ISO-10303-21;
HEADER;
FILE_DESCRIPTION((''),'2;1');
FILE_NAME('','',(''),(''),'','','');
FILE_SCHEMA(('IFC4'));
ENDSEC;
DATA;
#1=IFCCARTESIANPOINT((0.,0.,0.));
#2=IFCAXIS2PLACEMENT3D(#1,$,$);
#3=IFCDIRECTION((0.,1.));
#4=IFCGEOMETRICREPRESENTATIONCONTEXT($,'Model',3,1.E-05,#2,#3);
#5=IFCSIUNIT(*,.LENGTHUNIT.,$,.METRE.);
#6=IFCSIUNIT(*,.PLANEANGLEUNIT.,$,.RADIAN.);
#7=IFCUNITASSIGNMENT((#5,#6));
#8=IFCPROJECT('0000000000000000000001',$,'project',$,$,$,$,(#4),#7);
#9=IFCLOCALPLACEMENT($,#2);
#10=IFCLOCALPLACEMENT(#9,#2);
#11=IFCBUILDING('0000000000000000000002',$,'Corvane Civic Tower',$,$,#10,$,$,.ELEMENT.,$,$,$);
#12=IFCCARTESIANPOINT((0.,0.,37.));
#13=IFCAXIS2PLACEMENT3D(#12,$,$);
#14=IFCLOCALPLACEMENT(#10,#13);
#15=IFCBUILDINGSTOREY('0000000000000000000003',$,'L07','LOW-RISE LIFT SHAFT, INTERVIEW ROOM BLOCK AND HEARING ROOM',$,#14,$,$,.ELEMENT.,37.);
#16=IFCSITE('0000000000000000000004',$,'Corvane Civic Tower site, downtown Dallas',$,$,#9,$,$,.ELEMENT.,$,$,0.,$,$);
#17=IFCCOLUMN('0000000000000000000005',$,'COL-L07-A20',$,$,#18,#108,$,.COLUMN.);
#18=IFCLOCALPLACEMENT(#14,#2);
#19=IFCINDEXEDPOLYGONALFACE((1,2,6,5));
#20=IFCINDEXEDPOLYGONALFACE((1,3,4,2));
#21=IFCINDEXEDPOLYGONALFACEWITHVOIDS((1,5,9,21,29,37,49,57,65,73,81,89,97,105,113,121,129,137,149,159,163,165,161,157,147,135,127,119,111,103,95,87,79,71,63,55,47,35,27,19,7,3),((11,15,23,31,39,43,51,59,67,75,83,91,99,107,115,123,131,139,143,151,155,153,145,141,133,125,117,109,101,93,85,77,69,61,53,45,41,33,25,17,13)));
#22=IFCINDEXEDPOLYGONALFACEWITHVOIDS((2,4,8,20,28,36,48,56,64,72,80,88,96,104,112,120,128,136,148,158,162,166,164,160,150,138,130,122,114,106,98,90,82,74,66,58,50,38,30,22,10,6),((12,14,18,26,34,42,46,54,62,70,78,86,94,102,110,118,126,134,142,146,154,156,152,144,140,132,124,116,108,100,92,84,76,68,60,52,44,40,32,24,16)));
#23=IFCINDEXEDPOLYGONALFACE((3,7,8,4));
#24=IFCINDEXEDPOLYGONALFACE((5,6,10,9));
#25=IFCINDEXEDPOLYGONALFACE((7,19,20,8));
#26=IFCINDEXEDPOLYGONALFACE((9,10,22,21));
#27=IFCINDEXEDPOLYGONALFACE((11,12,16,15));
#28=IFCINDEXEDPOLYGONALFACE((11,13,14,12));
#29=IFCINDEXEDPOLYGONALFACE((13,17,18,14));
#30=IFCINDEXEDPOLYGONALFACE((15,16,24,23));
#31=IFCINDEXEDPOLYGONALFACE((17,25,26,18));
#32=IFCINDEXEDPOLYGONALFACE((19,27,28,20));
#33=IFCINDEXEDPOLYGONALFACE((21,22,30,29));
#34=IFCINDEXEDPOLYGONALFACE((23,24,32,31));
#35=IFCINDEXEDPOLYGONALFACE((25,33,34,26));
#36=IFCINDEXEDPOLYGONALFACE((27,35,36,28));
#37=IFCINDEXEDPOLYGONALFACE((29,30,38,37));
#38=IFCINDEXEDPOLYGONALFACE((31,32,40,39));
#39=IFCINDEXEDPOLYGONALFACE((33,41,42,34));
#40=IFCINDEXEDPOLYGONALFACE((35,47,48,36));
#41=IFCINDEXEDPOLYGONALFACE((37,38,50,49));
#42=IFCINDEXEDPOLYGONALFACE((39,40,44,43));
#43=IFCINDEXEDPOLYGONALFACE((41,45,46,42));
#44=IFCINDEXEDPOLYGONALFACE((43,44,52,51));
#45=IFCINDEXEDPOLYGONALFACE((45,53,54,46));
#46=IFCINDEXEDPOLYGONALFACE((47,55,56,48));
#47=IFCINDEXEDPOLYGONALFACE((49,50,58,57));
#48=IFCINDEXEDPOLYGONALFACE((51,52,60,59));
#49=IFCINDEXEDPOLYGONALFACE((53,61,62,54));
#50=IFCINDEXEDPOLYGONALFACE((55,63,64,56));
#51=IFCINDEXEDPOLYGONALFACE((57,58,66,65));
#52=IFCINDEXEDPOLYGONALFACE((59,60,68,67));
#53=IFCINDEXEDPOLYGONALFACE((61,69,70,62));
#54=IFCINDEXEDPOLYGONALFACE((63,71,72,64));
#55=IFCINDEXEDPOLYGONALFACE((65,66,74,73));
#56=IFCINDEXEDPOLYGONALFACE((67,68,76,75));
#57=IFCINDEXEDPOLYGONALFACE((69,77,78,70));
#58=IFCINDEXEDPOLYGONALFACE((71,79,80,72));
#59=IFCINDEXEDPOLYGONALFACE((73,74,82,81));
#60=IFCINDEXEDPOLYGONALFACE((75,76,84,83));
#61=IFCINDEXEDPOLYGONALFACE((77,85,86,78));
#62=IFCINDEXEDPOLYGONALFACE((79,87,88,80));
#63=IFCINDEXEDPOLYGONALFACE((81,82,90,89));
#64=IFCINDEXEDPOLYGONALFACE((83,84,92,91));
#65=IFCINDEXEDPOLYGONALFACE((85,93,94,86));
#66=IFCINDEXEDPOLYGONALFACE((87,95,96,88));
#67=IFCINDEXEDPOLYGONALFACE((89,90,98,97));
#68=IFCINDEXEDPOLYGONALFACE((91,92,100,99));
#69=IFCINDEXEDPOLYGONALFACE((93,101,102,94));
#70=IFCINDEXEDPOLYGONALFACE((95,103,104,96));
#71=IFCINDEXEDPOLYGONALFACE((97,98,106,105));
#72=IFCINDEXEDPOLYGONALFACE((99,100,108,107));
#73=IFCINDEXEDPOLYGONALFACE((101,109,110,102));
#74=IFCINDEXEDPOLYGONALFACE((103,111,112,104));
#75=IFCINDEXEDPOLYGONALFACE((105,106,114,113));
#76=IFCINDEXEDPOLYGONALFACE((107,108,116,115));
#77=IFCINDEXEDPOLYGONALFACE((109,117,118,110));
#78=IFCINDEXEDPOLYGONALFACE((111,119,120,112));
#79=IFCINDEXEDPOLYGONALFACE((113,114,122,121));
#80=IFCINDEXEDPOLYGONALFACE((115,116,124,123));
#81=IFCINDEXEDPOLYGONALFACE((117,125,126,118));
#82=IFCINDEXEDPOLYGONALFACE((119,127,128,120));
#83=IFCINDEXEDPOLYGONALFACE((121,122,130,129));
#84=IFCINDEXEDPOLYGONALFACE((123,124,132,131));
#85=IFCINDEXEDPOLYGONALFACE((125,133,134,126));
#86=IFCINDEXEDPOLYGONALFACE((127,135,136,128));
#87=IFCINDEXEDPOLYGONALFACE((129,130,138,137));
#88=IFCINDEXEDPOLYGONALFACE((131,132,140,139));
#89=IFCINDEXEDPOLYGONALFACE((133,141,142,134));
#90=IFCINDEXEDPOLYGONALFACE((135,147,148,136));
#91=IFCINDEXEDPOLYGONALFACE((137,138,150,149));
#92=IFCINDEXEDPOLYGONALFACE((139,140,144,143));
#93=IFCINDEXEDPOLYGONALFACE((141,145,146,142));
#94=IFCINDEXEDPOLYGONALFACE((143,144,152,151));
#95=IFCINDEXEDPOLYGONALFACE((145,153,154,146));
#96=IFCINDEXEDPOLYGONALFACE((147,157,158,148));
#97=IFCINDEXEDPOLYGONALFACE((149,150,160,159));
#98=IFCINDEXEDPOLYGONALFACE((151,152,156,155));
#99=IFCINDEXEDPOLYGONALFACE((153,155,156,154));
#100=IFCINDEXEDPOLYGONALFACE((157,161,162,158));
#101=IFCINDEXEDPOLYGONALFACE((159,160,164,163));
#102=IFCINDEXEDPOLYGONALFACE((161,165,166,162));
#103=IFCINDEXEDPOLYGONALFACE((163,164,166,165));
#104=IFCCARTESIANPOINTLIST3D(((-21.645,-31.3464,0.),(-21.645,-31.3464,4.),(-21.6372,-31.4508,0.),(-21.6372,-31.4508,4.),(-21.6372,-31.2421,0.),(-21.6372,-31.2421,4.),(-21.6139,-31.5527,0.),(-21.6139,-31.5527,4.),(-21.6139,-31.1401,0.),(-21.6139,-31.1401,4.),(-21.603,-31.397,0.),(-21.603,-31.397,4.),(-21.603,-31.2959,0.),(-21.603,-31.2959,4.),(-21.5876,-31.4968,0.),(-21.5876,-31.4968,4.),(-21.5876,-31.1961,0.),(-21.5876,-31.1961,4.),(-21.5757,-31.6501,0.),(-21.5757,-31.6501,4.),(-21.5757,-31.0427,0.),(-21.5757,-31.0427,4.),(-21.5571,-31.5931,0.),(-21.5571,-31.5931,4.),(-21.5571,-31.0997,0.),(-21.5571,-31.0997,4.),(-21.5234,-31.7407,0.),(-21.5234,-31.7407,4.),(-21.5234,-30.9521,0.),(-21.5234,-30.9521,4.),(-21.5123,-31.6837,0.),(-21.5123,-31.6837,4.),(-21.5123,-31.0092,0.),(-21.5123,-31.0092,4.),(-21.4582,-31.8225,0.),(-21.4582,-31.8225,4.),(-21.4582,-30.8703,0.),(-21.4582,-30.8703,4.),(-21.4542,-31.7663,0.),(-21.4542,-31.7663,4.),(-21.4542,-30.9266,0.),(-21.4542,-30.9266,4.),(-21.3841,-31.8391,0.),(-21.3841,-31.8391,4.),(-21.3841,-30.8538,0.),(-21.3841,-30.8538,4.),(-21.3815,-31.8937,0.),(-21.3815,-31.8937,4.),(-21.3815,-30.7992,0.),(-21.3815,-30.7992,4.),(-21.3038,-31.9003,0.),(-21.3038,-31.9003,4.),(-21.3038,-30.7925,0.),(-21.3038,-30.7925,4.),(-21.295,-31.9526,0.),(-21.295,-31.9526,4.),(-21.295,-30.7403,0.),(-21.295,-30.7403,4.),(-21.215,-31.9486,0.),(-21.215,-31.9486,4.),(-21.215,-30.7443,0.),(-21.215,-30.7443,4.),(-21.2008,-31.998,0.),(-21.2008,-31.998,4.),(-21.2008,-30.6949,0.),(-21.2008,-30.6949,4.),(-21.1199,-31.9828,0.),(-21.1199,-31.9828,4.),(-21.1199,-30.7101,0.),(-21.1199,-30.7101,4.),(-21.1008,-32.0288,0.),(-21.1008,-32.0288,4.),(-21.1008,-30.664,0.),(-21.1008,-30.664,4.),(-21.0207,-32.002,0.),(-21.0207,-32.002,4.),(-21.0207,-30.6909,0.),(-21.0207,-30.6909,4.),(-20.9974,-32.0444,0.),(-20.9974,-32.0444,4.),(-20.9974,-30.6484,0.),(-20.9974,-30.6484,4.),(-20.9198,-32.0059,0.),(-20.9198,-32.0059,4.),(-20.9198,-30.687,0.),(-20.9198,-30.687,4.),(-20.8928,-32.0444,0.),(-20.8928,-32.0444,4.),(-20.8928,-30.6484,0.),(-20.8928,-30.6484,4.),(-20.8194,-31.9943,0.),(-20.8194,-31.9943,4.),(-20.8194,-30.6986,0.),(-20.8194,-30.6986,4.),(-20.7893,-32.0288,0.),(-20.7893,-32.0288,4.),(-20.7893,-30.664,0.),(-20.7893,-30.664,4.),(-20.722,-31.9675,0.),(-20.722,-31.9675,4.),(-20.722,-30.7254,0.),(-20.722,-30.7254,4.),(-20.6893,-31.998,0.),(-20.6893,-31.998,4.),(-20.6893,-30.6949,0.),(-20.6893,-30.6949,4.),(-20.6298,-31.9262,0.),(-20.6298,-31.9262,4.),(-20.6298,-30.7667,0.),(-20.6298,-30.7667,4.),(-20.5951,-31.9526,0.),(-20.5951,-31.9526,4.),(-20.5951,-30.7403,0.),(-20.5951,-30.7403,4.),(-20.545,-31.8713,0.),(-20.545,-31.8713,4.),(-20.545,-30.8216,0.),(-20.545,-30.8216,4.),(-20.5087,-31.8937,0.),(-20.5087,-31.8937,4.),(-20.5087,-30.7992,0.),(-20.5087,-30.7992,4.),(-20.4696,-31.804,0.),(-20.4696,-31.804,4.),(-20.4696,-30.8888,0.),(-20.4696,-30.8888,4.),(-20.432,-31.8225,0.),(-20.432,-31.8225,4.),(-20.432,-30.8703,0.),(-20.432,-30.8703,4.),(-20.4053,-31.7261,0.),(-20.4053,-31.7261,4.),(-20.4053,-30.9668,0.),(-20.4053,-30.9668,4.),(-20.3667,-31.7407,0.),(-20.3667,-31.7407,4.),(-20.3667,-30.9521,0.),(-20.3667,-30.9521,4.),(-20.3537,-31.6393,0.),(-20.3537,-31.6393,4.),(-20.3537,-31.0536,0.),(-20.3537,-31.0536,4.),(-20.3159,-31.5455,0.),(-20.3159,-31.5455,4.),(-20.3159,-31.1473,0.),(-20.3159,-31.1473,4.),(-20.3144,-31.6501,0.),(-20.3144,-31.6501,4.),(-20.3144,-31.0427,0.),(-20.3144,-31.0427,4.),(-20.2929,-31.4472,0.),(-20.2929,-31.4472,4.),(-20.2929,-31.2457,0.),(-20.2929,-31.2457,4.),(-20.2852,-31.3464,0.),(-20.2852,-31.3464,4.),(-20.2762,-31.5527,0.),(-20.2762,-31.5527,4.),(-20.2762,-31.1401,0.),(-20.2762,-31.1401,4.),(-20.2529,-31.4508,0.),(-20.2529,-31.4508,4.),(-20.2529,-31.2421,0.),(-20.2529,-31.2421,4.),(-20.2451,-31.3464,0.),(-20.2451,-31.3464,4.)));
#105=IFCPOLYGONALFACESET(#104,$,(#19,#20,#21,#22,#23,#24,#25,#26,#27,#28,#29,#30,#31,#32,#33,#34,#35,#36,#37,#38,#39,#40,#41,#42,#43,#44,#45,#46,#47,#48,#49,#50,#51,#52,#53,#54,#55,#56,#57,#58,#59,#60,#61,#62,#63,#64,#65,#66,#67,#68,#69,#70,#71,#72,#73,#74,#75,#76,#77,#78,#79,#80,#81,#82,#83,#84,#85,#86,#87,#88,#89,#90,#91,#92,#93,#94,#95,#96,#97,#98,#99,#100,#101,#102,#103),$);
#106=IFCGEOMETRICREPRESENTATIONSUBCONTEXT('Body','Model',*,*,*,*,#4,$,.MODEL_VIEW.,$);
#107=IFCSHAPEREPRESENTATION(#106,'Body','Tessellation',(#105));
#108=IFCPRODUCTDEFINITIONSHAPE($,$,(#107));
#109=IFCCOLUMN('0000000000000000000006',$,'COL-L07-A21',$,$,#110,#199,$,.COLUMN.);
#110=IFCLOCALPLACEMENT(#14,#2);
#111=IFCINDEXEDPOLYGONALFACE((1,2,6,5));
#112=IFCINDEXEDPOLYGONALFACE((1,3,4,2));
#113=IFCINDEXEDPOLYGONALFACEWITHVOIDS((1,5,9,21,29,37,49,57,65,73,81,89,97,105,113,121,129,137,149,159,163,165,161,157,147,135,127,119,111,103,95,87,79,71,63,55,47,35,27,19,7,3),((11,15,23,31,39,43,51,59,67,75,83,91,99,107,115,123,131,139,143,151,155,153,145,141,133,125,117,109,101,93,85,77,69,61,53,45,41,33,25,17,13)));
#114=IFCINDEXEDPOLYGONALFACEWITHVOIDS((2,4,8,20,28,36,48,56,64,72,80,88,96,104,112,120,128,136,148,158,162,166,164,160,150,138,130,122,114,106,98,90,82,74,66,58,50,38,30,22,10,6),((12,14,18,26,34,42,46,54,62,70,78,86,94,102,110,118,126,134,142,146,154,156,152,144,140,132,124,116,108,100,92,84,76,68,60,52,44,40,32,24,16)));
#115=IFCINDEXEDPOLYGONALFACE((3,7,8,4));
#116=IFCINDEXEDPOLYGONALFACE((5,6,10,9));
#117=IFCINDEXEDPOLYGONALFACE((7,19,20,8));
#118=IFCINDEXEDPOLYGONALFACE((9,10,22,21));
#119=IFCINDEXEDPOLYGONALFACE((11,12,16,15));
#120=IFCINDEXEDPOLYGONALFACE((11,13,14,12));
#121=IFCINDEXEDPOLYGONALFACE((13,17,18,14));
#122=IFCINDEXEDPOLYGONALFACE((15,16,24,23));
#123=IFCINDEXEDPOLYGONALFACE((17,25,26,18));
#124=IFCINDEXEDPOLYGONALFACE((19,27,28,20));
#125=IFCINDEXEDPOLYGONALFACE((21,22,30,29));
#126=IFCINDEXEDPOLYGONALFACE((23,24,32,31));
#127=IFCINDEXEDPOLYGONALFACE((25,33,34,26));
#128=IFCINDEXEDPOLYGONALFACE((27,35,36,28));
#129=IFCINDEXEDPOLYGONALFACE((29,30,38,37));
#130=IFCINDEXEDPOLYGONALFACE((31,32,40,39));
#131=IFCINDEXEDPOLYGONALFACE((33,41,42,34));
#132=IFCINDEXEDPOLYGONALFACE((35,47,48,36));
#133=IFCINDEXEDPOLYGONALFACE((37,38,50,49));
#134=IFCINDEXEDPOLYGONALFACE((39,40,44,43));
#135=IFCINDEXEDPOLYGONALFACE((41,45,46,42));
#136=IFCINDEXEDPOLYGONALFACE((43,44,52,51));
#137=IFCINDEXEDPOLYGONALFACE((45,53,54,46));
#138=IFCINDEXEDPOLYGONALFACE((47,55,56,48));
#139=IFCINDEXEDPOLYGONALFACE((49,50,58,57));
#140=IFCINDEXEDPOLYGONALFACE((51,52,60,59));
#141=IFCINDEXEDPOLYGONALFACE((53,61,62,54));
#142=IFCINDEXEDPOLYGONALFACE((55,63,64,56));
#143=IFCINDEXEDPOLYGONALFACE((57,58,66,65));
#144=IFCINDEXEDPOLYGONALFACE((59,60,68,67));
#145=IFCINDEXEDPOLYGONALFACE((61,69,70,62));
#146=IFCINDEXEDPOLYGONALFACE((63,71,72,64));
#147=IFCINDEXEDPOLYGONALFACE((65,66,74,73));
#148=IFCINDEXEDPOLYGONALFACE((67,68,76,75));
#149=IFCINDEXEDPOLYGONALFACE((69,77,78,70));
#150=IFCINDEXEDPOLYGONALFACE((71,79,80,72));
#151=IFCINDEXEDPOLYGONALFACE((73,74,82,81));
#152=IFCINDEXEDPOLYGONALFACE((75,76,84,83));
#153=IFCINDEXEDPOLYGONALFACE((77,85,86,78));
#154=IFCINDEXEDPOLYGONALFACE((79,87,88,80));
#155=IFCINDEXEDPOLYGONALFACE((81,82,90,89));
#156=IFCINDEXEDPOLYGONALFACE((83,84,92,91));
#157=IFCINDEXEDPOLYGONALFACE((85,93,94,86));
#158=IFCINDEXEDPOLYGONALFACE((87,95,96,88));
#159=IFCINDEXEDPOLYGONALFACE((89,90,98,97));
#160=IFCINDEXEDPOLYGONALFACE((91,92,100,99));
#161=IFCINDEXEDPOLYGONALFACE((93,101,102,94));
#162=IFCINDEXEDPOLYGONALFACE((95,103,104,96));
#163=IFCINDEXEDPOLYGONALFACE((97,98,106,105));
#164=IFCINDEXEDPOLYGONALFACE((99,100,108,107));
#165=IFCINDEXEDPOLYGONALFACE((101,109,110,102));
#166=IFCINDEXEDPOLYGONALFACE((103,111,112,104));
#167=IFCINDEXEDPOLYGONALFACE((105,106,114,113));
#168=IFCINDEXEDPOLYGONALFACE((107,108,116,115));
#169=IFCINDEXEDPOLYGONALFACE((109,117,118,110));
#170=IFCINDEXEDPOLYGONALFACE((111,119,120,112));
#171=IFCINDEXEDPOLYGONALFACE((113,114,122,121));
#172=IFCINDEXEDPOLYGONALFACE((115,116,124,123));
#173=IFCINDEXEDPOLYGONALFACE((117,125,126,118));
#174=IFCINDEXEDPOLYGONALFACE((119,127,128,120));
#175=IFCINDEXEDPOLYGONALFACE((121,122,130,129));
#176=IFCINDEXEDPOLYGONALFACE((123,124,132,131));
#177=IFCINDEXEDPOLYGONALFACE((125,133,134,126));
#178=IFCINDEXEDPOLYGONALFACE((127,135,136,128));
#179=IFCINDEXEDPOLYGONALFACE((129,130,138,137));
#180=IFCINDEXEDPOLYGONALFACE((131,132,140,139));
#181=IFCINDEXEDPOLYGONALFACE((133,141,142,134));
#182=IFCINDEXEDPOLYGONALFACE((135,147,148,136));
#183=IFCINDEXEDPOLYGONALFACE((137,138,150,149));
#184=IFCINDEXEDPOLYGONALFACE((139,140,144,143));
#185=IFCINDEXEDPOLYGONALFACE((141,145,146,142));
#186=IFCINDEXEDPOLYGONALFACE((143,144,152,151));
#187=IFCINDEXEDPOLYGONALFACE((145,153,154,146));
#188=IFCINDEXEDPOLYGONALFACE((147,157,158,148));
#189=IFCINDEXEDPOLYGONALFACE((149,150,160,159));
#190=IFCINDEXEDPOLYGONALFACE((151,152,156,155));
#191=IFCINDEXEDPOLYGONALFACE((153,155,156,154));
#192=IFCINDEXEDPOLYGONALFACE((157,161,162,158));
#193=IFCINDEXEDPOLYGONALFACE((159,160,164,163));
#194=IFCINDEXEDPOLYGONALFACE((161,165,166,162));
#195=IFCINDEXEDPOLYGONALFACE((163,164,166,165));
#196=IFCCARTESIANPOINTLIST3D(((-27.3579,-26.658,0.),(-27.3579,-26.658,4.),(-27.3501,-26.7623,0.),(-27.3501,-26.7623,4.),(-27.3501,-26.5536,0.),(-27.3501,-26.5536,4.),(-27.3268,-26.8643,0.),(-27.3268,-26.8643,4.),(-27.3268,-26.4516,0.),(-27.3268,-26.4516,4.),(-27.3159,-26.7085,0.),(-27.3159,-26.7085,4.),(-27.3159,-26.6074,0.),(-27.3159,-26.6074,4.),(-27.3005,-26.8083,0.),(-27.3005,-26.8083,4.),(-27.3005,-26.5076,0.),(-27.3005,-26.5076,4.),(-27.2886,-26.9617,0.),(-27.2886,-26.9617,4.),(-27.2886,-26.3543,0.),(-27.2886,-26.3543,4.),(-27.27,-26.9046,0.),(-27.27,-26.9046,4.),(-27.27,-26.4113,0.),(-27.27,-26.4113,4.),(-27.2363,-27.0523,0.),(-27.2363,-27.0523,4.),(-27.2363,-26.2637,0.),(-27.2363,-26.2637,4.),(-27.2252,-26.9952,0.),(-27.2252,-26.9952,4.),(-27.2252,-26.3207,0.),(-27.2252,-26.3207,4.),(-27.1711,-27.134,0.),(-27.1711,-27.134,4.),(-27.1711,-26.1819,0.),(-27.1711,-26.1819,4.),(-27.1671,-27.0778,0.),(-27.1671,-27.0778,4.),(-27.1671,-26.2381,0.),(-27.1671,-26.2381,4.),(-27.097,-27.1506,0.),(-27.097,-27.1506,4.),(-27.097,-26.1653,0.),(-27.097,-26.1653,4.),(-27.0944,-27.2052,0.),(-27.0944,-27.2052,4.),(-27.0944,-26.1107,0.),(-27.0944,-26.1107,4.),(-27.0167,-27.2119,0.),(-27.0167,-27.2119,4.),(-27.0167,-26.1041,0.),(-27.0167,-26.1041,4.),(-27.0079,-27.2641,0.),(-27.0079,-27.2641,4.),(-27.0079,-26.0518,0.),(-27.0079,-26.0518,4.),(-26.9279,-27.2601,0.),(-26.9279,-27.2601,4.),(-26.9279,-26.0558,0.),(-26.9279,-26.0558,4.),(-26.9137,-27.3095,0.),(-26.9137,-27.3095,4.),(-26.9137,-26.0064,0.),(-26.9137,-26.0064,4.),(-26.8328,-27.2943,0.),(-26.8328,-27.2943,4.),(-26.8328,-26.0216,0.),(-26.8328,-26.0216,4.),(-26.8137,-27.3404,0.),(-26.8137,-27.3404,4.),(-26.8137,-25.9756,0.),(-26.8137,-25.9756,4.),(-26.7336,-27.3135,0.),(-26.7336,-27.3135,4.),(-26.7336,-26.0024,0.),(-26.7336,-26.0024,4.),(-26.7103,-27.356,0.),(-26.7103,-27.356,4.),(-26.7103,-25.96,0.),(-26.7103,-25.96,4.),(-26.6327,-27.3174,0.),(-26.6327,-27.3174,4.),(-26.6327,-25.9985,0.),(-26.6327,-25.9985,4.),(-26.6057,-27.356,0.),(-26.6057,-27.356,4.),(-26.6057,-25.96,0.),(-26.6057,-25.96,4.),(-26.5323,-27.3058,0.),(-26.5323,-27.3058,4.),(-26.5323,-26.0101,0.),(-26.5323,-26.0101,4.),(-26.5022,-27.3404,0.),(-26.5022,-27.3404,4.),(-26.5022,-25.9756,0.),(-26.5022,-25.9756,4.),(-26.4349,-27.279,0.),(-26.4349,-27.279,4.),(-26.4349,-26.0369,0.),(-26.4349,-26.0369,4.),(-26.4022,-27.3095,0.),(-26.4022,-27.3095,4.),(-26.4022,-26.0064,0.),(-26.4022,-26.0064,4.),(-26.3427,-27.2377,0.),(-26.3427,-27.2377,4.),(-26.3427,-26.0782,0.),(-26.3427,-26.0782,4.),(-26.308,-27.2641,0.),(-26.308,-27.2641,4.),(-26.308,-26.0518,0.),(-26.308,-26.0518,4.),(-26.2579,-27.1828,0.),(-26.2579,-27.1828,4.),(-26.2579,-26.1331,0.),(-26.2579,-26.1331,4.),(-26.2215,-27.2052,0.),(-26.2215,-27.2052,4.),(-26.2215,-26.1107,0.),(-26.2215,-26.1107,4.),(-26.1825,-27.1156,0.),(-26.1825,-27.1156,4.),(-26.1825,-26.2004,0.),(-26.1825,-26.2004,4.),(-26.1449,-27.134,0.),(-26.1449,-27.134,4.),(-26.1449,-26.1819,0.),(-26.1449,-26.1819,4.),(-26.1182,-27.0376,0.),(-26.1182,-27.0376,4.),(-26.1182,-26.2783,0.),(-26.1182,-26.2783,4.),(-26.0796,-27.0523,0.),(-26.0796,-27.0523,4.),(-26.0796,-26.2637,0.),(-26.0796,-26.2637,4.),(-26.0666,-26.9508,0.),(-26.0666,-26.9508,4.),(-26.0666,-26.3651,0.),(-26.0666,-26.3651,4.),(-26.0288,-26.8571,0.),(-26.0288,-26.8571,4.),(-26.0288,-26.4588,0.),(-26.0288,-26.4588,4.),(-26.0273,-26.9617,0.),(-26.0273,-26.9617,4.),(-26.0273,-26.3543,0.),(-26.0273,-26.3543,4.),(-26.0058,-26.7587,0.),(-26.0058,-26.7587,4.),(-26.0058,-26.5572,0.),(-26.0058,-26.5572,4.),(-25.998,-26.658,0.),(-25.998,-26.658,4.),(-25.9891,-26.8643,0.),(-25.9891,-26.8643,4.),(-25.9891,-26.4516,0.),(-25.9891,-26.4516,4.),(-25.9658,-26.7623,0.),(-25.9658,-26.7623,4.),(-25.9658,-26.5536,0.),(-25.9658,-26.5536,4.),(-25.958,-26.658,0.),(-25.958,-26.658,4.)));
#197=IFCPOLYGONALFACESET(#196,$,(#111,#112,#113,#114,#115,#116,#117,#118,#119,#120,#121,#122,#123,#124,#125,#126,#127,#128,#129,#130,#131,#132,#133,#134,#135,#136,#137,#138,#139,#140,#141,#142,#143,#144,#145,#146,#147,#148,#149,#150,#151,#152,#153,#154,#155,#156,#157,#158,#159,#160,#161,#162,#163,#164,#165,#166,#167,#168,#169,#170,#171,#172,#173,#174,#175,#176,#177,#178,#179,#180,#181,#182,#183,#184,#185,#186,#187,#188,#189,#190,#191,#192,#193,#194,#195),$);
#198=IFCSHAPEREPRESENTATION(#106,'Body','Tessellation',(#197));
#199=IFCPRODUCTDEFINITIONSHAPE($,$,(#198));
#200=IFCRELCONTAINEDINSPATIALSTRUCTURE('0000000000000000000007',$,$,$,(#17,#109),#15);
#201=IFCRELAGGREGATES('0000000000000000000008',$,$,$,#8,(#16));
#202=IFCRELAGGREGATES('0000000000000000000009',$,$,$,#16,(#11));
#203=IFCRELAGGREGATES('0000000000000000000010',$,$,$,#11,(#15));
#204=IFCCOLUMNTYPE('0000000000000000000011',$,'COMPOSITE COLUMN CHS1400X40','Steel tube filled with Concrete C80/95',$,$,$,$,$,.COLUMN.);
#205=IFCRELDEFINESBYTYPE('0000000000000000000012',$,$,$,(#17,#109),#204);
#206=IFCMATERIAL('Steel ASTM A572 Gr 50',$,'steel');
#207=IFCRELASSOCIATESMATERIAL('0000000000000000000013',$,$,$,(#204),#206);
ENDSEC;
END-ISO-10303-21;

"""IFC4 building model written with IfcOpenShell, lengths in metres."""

from ifc_helpers import new_model, si_unit, direction, frame, origin, origin_2d, place, context, subcontext, project, spatial, hollow_circle, extrude, material, material_profile, profile_set, type_object, element, save


model = new_model("IFC4")

# Units and contexts
model_context = context("Model", 3, precision=1e-05, world=origin(), true_north=direction((0.0, 1.0)))
body_context = subcontext(model_context, "Body", "Model", "MODEL_VIEW")
ifc_project = project(units=[si_unit("LENGTHUNIT", "METRE"), si_unit("PLANEANGLEUNIT", "RADIAN")], contexts=[model_context])

# Site, building, storey
site_placement = place(None, origin())
site = spatial("IfcSite", under=ifc_project, at=site_placement, Name="Corvane Civic Tower site, downtown Dallas", CompositionType="ELEMENT", RefElevation=0.0)
building_placement = place(site_placement, origin())
building = spatial("IfcBuilding", under=site, at=building_placement, Name="Corvane Civic Tower", CompositionType="ELEMENT")
storey_placement = place(building_placement, frame((0.0, 0.0, 37.0)))
storey = spatial("IfcBuildingStorey", under=building, at=storey_placement, Name="L07", Description="LOW-RISE LIFT SHAFT, INTERVIEW ROOM BLOCK AND HEARING ROOM", CompositionType="ELEMENT", Elevation=37.0)

# Columns
ifc_material_1 = material(Name="Steel ASTM A572 Gr 50", Category="steel")
ifc_material_profile_1 = material_profile(ifc_material_1, hollow_circle(Radius=0.7, WallThickness=0.04, at=origin_2d()), Name="CHS1400X40")
ifc_profile_set_1 = profile_set([ifc_material_profile_1], Name="Steel ASTM A572 Gr 50")
column_type = type_object("IfcColumnType", Name="COMPOSITE COLUMN CHS1400X40", Description="Steel tube filled with Concrete C80/95", PredefinedType="COLUMN", material=ifc_profile_set_1)
for number, where, z_axis, x_axis, name in (
    (1, (-20.9451, -31.3464, 0.0), (0.0, 0.0, 1.0), (1.0, 0.0, 0.0), "COL-L07-A20"),
    (2, (-26.658, -26.658, 0.0), (0.0, 0.0, 1.0), (1.0, 0.0, 0.0), "COL-L07-A21"),
):
    element("IfcColumn", number, at=place(storey_placement, frame(where, z_axis=z_axis, x_axis=x_axis)), inside=storey, type_object=column_type, Name=name, PredefinedType="COLUMN", context=body_context, shape_type="SweptSolid", body=[
        extrude(hollow_circle(Radius=0.7, WallThickness=0.04, at=origin_2d()), origin(), (0.0, 0.0, 1.0), 4.0),
    ])

save(model, "model.ifc")
